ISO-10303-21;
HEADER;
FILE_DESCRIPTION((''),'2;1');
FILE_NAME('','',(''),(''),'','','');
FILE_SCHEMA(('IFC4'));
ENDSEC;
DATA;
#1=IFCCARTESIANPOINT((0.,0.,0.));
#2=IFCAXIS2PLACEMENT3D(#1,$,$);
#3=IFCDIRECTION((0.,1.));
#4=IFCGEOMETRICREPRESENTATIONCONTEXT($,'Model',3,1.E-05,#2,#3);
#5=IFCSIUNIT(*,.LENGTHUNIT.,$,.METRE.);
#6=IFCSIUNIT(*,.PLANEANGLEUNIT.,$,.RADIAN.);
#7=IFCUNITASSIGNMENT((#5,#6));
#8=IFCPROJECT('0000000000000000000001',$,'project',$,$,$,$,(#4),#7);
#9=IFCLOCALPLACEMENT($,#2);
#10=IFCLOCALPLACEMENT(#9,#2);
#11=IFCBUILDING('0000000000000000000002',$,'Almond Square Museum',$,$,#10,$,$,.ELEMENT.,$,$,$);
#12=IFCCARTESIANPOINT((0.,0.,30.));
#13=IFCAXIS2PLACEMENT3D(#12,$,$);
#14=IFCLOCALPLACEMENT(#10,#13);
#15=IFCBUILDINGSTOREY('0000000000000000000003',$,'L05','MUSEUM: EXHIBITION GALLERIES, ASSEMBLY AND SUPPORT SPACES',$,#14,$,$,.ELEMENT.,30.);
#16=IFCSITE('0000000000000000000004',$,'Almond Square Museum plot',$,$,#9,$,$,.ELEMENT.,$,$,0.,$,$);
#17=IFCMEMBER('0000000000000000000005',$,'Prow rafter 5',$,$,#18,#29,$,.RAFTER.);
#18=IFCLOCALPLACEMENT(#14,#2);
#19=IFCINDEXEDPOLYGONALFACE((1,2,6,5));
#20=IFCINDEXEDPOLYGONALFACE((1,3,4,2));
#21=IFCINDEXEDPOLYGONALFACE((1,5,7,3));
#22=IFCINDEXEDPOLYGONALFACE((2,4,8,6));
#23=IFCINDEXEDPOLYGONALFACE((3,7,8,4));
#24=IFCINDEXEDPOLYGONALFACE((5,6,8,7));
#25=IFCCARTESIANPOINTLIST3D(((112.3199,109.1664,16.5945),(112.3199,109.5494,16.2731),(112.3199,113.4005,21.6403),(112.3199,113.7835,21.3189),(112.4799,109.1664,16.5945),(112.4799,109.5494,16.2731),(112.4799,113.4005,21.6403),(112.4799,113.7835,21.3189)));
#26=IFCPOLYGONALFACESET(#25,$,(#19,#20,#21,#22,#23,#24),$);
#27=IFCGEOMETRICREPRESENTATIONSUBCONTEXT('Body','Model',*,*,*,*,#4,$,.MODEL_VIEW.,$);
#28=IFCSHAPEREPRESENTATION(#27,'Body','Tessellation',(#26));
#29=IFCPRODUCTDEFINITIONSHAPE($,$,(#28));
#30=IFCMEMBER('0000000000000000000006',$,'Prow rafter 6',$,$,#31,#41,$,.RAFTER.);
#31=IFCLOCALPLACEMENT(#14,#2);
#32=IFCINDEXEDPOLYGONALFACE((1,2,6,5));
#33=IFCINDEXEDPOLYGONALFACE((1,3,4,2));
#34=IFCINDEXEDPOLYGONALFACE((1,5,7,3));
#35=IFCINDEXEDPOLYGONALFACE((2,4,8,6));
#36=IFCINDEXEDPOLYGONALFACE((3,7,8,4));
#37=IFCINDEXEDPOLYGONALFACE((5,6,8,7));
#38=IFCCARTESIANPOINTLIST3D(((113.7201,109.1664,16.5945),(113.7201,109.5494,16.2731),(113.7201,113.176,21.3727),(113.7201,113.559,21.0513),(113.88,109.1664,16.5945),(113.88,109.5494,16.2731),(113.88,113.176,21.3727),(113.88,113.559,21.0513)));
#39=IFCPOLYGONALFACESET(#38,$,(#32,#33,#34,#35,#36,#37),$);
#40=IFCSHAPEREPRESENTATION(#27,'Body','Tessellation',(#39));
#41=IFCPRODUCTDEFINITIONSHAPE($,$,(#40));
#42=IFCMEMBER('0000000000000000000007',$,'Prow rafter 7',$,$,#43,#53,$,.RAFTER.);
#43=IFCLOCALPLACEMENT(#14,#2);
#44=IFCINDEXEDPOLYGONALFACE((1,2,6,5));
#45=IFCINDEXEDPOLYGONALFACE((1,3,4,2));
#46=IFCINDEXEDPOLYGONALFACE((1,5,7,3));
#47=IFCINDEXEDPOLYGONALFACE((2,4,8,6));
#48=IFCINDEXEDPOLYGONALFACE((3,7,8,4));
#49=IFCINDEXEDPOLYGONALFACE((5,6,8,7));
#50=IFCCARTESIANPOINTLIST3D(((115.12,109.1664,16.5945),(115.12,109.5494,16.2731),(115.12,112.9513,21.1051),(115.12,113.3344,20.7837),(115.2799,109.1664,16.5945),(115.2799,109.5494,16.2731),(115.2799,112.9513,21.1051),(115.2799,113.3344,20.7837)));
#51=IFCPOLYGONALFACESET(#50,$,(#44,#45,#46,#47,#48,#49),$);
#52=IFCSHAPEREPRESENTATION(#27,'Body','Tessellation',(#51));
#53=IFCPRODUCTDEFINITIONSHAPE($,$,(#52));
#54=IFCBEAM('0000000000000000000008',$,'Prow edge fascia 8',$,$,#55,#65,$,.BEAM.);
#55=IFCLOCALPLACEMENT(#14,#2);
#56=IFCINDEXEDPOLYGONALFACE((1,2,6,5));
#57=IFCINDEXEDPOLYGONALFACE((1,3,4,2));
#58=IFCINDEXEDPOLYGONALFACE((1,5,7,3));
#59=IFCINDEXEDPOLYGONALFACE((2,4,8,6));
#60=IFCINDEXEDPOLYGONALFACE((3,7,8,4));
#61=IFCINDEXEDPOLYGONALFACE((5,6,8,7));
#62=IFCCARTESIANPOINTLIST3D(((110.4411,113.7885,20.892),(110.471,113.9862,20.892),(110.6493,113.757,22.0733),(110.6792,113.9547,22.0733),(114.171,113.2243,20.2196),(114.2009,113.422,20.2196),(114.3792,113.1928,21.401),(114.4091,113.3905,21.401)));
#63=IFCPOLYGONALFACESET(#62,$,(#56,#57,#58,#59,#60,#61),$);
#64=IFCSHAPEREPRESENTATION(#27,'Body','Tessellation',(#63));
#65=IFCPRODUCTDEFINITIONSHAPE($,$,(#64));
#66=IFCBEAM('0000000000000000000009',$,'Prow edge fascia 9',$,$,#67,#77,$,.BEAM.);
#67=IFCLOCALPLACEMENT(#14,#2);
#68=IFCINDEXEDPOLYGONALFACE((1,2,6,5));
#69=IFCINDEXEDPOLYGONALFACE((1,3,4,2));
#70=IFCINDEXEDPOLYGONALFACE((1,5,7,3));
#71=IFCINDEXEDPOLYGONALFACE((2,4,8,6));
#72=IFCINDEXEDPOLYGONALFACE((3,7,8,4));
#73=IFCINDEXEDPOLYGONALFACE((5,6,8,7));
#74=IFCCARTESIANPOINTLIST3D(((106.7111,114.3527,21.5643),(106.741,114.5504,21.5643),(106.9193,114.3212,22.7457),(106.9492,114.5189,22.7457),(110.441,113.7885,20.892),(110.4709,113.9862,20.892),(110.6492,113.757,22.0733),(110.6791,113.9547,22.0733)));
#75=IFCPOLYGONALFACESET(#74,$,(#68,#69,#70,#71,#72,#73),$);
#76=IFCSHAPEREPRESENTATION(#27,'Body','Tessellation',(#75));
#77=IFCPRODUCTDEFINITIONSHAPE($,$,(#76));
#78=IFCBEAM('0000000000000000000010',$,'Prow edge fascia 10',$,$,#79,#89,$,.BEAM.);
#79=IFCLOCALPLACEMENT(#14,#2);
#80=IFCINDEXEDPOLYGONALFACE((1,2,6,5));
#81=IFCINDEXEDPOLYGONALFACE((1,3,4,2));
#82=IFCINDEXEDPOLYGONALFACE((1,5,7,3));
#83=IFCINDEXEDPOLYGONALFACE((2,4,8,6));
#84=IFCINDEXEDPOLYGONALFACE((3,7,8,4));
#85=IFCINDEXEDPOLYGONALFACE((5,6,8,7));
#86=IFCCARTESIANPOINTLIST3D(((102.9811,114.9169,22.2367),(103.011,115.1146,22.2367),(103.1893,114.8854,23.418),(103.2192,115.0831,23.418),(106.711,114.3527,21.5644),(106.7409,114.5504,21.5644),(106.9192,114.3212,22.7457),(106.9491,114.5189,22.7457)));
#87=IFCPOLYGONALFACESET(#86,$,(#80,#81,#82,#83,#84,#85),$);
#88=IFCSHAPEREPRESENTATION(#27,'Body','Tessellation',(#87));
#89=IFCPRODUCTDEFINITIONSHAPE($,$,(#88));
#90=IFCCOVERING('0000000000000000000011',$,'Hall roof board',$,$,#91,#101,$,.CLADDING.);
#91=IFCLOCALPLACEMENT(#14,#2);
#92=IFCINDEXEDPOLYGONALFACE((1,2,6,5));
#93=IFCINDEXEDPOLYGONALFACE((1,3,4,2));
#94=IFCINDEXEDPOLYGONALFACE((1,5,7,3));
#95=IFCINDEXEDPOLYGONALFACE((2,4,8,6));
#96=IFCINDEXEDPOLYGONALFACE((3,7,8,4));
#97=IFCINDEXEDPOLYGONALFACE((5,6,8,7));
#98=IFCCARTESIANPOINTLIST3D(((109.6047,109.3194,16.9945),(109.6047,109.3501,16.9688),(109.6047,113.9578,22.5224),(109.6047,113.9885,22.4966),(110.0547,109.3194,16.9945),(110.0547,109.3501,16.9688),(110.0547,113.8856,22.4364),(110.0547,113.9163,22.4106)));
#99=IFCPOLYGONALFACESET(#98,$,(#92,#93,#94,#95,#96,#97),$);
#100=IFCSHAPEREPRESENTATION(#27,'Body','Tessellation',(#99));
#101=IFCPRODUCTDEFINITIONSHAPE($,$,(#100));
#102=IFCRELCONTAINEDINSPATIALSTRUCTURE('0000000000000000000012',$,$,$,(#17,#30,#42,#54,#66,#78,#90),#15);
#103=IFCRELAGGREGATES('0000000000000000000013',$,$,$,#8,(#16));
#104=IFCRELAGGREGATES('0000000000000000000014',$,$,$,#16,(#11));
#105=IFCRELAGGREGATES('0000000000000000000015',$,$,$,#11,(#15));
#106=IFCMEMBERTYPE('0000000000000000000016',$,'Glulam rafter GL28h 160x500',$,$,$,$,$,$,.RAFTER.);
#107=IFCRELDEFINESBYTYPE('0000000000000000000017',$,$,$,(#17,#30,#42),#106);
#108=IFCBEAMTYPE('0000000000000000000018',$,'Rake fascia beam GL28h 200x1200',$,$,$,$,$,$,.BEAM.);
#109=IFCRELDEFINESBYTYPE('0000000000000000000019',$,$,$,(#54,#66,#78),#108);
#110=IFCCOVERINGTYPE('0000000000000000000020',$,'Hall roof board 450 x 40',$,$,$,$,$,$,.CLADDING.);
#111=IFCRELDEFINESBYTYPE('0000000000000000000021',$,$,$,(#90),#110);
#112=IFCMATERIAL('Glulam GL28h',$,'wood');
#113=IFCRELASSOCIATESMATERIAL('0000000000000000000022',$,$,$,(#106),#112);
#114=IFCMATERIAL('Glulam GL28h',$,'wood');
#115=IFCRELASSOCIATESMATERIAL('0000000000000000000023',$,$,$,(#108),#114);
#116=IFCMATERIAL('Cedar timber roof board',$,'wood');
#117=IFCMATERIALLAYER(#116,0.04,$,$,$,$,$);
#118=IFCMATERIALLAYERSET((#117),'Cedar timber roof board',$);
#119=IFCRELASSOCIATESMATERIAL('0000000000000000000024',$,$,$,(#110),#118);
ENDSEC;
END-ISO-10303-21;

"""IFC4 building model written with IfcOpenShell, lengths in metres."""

from ifc_helpers import new_model, si_unit, direction, frame, origin, origin_2d, place, context, subcontext, project, spatial, polyline, rectangle, outline, extrude, material, layer, layer_set, material_profile, profile_set, type_object, element, save


model = new_model("IFC4")

# Units and contexts
model_context = context("Model", 3, precision=1e-05, world=origin(), true_north=direction((0.0, 1.0)))
body_context = subcontext(model_context, "Body", "Model", "MODEL_VIEW")
ifc_project = project(units=[si_unit("LENGTHUNIT", "METRE"), si_unit("PLANEANGLEUNIT", "RADIAN")], contexts=[model_context])

# Site, building, storey
site_placement = place(None, origin())
site = spatial("IfcSite", under=ifc_project, at=site_placement, Name="Almond Square Museum plot", CompositionType="ELEMENT", RefElevation=0.0)
building_placement = place(site_placement, origin())
building = spatial("IfcBuilding", under=site, at=building_placement, Name="Almond Square Museum", CompositionType="ELEMENT")
storey_placement = place(building_placement, frame((0.0, 0.0, 30.0)))
storey = spatial("IfcBuildingStorey", under=building, at=storey_placement, Name="L05", Description="MUSEUM: EXHIBITION GALLERIES, ASSEMBLY AND SUPPORT SPACES", CompositionType="ELEMENT", Elevation=30.0)

# Members
ifc_material_1 = material(Name="Glulam GL28h", Category="wood")
ifc_material_profile_1 = material_profile(ifc_material_1, rectangle(XDim=0.1599, YDim=0.5, at=origin_2d()))
ifc_profile_set_1 = profile_set([ifc_material_profile_1], Name="Glulam GL28h")
member_type_1 = type_object("IfcMemberType", Name="Glulam rafter GL28h 160x500", PredefinedType="RAFTER", material=ifc_profile_set_1)
member_1_placement = place(storey_placement, frame((112.3999, 109.3579, 16.4338), z_axis=(0.0, 0.642798, 0.766036), x_axis=(-1.0, 0.0, 0.0)))
element("IfcMember", 1, at=member_1_placement, inside=storey, type_object=member_type_1, Name="Prow rafter 5", PredefinedType="RAFTER", context=body_context, shape_type="SweptSolid", body=[
    extrude(rectangle(XDim=0.1599, YDim=0.5, at=origin_2d()), origin(), (0.0, 0.0, 1.0), 6.5869),
])
member_2_placement = place(storey_placement, frame((113.8, 109.3579, 16.4338), z_axis=(0.0, 0.64281, 0.766026), x_axis=(-1.0, 0.0, 0.0)))
element("IfcMember", 2, at=member_2_placement, inside=storey, type_object=member_type_1, Name="Prow rafter 6", PredefinedType="RAFTER", context=body_context, shape_type="SweptSolid", body=[
    extrude(rectangle(XDim=0.1599, YDim=0.5, at=origin_2d()), origin(), (0.0, 0.0, 1.0), 6.2375),
])
member_3_placement = place(storey_placement, frame((115.2, 109.3579, 16.4338), z_axis=(0.0, 0.642803, 0.766031), x_axis=(-1.0, 0.0, 0.0)))
element("IfcMember", 3, at=member_3_placement, inside=storey, type_object=member_type_1, Name="Prow rafter 7", PredefinedType="RAFTER", context=body_context, shape_type="SweptSolid", body=[
    extrude(rectangle(XDim=0.1599, YDim=0.5, at=origin_2d()), origin(), (0.0, 0.0, 1.0), 5.8882),
])

# Beams
ifc_material_2 = material(Name="Glulam GL28h", Category="wood")
ifc_material_profile_2 = material_profile(ifc_material_2, rectangle(XDim=0.2, YDim=1.2, at=origin_2d()))
ifc_profile_set_2 = profile_set([ifc_material_profile_2], Name="Glulam GL28h")
beam_type = type_object("IfcBeamType", Name="Rake fascia beam GL28h 200x1200", PredefinedType="BEAM", material=ifc_profile_set_2)
for number, where, z_axis, x_axis, name in (
    (4, (114.29, 113.3074, 20.8103), (-0.973412, 0.147242, 0.175467), (-0.149562, -0.988752, 0.0), "Prow edge fascia 8"),
    (5, (110.5601, 113.8716, 21.4827), (-0.973412, 0.147242, 0.175467), (-0.149562, -0.988752, 0.0), "Prow edge fascia 9"),
    (6, (106.8301, 114.4358, 22.155), (-0.973412, 0.147242, 0.175467), (-0.149562, -0.988752, 0.0), "Prow edge fascia 10"),
):
    element("IfcBeam", number, at=place(storey_placement, frame(where, z_axis=z_axis, x_axis=x_axis)), inside=storey, type_object=beam_type, Name=name, PredefinedType="BEAM", context=body_context, shape_type="SweptSolid", body=[
        extrude(rectangle(XDim=0.2, YDim=1.2, at=origin_2d()), origin(), (0.0, 0.0, 1.0), 3.8318),
    ])

# Covering
ifc_material_3 = material(Name="Cedar timber roof board", Category="wood")
ifc_layer = layer(ifc_material_3, 0.04)
ifc_layer_set = layer_set([ifc_layer], Name="Cedar timber roof board")
covering_type = type_object("IfcCoveringType", Name="Hall roof board 450 x 40", PredefinedType="CLADDING", material=ifc_layer_set)
covering_1_placement = place(storey_placement, frame((110.0547, 113.9163, 22.4106), z_axis=(-0.000133, -0.766048, 0.642783), x_axis=(-0.970246, 0.15573, 0.185393)))
element("IfcCovering", 7, at=covering_1_placement, inside=storey, type_object=covering_type, Name="Hall roof board", PredefinedType="CLADDING", context=body_context, shape_type="SweptSolid", body=[
    extrude(outline(polyline([(0.0, 0.0), (0.4637, 0.0), (-1.2834, 7.0014), (-1.72, 6.8924), (0.0, 0.0)])), origin(), (0.0, 0.0, 1.0), 0.04),
])

save(model, "model.ifc")
